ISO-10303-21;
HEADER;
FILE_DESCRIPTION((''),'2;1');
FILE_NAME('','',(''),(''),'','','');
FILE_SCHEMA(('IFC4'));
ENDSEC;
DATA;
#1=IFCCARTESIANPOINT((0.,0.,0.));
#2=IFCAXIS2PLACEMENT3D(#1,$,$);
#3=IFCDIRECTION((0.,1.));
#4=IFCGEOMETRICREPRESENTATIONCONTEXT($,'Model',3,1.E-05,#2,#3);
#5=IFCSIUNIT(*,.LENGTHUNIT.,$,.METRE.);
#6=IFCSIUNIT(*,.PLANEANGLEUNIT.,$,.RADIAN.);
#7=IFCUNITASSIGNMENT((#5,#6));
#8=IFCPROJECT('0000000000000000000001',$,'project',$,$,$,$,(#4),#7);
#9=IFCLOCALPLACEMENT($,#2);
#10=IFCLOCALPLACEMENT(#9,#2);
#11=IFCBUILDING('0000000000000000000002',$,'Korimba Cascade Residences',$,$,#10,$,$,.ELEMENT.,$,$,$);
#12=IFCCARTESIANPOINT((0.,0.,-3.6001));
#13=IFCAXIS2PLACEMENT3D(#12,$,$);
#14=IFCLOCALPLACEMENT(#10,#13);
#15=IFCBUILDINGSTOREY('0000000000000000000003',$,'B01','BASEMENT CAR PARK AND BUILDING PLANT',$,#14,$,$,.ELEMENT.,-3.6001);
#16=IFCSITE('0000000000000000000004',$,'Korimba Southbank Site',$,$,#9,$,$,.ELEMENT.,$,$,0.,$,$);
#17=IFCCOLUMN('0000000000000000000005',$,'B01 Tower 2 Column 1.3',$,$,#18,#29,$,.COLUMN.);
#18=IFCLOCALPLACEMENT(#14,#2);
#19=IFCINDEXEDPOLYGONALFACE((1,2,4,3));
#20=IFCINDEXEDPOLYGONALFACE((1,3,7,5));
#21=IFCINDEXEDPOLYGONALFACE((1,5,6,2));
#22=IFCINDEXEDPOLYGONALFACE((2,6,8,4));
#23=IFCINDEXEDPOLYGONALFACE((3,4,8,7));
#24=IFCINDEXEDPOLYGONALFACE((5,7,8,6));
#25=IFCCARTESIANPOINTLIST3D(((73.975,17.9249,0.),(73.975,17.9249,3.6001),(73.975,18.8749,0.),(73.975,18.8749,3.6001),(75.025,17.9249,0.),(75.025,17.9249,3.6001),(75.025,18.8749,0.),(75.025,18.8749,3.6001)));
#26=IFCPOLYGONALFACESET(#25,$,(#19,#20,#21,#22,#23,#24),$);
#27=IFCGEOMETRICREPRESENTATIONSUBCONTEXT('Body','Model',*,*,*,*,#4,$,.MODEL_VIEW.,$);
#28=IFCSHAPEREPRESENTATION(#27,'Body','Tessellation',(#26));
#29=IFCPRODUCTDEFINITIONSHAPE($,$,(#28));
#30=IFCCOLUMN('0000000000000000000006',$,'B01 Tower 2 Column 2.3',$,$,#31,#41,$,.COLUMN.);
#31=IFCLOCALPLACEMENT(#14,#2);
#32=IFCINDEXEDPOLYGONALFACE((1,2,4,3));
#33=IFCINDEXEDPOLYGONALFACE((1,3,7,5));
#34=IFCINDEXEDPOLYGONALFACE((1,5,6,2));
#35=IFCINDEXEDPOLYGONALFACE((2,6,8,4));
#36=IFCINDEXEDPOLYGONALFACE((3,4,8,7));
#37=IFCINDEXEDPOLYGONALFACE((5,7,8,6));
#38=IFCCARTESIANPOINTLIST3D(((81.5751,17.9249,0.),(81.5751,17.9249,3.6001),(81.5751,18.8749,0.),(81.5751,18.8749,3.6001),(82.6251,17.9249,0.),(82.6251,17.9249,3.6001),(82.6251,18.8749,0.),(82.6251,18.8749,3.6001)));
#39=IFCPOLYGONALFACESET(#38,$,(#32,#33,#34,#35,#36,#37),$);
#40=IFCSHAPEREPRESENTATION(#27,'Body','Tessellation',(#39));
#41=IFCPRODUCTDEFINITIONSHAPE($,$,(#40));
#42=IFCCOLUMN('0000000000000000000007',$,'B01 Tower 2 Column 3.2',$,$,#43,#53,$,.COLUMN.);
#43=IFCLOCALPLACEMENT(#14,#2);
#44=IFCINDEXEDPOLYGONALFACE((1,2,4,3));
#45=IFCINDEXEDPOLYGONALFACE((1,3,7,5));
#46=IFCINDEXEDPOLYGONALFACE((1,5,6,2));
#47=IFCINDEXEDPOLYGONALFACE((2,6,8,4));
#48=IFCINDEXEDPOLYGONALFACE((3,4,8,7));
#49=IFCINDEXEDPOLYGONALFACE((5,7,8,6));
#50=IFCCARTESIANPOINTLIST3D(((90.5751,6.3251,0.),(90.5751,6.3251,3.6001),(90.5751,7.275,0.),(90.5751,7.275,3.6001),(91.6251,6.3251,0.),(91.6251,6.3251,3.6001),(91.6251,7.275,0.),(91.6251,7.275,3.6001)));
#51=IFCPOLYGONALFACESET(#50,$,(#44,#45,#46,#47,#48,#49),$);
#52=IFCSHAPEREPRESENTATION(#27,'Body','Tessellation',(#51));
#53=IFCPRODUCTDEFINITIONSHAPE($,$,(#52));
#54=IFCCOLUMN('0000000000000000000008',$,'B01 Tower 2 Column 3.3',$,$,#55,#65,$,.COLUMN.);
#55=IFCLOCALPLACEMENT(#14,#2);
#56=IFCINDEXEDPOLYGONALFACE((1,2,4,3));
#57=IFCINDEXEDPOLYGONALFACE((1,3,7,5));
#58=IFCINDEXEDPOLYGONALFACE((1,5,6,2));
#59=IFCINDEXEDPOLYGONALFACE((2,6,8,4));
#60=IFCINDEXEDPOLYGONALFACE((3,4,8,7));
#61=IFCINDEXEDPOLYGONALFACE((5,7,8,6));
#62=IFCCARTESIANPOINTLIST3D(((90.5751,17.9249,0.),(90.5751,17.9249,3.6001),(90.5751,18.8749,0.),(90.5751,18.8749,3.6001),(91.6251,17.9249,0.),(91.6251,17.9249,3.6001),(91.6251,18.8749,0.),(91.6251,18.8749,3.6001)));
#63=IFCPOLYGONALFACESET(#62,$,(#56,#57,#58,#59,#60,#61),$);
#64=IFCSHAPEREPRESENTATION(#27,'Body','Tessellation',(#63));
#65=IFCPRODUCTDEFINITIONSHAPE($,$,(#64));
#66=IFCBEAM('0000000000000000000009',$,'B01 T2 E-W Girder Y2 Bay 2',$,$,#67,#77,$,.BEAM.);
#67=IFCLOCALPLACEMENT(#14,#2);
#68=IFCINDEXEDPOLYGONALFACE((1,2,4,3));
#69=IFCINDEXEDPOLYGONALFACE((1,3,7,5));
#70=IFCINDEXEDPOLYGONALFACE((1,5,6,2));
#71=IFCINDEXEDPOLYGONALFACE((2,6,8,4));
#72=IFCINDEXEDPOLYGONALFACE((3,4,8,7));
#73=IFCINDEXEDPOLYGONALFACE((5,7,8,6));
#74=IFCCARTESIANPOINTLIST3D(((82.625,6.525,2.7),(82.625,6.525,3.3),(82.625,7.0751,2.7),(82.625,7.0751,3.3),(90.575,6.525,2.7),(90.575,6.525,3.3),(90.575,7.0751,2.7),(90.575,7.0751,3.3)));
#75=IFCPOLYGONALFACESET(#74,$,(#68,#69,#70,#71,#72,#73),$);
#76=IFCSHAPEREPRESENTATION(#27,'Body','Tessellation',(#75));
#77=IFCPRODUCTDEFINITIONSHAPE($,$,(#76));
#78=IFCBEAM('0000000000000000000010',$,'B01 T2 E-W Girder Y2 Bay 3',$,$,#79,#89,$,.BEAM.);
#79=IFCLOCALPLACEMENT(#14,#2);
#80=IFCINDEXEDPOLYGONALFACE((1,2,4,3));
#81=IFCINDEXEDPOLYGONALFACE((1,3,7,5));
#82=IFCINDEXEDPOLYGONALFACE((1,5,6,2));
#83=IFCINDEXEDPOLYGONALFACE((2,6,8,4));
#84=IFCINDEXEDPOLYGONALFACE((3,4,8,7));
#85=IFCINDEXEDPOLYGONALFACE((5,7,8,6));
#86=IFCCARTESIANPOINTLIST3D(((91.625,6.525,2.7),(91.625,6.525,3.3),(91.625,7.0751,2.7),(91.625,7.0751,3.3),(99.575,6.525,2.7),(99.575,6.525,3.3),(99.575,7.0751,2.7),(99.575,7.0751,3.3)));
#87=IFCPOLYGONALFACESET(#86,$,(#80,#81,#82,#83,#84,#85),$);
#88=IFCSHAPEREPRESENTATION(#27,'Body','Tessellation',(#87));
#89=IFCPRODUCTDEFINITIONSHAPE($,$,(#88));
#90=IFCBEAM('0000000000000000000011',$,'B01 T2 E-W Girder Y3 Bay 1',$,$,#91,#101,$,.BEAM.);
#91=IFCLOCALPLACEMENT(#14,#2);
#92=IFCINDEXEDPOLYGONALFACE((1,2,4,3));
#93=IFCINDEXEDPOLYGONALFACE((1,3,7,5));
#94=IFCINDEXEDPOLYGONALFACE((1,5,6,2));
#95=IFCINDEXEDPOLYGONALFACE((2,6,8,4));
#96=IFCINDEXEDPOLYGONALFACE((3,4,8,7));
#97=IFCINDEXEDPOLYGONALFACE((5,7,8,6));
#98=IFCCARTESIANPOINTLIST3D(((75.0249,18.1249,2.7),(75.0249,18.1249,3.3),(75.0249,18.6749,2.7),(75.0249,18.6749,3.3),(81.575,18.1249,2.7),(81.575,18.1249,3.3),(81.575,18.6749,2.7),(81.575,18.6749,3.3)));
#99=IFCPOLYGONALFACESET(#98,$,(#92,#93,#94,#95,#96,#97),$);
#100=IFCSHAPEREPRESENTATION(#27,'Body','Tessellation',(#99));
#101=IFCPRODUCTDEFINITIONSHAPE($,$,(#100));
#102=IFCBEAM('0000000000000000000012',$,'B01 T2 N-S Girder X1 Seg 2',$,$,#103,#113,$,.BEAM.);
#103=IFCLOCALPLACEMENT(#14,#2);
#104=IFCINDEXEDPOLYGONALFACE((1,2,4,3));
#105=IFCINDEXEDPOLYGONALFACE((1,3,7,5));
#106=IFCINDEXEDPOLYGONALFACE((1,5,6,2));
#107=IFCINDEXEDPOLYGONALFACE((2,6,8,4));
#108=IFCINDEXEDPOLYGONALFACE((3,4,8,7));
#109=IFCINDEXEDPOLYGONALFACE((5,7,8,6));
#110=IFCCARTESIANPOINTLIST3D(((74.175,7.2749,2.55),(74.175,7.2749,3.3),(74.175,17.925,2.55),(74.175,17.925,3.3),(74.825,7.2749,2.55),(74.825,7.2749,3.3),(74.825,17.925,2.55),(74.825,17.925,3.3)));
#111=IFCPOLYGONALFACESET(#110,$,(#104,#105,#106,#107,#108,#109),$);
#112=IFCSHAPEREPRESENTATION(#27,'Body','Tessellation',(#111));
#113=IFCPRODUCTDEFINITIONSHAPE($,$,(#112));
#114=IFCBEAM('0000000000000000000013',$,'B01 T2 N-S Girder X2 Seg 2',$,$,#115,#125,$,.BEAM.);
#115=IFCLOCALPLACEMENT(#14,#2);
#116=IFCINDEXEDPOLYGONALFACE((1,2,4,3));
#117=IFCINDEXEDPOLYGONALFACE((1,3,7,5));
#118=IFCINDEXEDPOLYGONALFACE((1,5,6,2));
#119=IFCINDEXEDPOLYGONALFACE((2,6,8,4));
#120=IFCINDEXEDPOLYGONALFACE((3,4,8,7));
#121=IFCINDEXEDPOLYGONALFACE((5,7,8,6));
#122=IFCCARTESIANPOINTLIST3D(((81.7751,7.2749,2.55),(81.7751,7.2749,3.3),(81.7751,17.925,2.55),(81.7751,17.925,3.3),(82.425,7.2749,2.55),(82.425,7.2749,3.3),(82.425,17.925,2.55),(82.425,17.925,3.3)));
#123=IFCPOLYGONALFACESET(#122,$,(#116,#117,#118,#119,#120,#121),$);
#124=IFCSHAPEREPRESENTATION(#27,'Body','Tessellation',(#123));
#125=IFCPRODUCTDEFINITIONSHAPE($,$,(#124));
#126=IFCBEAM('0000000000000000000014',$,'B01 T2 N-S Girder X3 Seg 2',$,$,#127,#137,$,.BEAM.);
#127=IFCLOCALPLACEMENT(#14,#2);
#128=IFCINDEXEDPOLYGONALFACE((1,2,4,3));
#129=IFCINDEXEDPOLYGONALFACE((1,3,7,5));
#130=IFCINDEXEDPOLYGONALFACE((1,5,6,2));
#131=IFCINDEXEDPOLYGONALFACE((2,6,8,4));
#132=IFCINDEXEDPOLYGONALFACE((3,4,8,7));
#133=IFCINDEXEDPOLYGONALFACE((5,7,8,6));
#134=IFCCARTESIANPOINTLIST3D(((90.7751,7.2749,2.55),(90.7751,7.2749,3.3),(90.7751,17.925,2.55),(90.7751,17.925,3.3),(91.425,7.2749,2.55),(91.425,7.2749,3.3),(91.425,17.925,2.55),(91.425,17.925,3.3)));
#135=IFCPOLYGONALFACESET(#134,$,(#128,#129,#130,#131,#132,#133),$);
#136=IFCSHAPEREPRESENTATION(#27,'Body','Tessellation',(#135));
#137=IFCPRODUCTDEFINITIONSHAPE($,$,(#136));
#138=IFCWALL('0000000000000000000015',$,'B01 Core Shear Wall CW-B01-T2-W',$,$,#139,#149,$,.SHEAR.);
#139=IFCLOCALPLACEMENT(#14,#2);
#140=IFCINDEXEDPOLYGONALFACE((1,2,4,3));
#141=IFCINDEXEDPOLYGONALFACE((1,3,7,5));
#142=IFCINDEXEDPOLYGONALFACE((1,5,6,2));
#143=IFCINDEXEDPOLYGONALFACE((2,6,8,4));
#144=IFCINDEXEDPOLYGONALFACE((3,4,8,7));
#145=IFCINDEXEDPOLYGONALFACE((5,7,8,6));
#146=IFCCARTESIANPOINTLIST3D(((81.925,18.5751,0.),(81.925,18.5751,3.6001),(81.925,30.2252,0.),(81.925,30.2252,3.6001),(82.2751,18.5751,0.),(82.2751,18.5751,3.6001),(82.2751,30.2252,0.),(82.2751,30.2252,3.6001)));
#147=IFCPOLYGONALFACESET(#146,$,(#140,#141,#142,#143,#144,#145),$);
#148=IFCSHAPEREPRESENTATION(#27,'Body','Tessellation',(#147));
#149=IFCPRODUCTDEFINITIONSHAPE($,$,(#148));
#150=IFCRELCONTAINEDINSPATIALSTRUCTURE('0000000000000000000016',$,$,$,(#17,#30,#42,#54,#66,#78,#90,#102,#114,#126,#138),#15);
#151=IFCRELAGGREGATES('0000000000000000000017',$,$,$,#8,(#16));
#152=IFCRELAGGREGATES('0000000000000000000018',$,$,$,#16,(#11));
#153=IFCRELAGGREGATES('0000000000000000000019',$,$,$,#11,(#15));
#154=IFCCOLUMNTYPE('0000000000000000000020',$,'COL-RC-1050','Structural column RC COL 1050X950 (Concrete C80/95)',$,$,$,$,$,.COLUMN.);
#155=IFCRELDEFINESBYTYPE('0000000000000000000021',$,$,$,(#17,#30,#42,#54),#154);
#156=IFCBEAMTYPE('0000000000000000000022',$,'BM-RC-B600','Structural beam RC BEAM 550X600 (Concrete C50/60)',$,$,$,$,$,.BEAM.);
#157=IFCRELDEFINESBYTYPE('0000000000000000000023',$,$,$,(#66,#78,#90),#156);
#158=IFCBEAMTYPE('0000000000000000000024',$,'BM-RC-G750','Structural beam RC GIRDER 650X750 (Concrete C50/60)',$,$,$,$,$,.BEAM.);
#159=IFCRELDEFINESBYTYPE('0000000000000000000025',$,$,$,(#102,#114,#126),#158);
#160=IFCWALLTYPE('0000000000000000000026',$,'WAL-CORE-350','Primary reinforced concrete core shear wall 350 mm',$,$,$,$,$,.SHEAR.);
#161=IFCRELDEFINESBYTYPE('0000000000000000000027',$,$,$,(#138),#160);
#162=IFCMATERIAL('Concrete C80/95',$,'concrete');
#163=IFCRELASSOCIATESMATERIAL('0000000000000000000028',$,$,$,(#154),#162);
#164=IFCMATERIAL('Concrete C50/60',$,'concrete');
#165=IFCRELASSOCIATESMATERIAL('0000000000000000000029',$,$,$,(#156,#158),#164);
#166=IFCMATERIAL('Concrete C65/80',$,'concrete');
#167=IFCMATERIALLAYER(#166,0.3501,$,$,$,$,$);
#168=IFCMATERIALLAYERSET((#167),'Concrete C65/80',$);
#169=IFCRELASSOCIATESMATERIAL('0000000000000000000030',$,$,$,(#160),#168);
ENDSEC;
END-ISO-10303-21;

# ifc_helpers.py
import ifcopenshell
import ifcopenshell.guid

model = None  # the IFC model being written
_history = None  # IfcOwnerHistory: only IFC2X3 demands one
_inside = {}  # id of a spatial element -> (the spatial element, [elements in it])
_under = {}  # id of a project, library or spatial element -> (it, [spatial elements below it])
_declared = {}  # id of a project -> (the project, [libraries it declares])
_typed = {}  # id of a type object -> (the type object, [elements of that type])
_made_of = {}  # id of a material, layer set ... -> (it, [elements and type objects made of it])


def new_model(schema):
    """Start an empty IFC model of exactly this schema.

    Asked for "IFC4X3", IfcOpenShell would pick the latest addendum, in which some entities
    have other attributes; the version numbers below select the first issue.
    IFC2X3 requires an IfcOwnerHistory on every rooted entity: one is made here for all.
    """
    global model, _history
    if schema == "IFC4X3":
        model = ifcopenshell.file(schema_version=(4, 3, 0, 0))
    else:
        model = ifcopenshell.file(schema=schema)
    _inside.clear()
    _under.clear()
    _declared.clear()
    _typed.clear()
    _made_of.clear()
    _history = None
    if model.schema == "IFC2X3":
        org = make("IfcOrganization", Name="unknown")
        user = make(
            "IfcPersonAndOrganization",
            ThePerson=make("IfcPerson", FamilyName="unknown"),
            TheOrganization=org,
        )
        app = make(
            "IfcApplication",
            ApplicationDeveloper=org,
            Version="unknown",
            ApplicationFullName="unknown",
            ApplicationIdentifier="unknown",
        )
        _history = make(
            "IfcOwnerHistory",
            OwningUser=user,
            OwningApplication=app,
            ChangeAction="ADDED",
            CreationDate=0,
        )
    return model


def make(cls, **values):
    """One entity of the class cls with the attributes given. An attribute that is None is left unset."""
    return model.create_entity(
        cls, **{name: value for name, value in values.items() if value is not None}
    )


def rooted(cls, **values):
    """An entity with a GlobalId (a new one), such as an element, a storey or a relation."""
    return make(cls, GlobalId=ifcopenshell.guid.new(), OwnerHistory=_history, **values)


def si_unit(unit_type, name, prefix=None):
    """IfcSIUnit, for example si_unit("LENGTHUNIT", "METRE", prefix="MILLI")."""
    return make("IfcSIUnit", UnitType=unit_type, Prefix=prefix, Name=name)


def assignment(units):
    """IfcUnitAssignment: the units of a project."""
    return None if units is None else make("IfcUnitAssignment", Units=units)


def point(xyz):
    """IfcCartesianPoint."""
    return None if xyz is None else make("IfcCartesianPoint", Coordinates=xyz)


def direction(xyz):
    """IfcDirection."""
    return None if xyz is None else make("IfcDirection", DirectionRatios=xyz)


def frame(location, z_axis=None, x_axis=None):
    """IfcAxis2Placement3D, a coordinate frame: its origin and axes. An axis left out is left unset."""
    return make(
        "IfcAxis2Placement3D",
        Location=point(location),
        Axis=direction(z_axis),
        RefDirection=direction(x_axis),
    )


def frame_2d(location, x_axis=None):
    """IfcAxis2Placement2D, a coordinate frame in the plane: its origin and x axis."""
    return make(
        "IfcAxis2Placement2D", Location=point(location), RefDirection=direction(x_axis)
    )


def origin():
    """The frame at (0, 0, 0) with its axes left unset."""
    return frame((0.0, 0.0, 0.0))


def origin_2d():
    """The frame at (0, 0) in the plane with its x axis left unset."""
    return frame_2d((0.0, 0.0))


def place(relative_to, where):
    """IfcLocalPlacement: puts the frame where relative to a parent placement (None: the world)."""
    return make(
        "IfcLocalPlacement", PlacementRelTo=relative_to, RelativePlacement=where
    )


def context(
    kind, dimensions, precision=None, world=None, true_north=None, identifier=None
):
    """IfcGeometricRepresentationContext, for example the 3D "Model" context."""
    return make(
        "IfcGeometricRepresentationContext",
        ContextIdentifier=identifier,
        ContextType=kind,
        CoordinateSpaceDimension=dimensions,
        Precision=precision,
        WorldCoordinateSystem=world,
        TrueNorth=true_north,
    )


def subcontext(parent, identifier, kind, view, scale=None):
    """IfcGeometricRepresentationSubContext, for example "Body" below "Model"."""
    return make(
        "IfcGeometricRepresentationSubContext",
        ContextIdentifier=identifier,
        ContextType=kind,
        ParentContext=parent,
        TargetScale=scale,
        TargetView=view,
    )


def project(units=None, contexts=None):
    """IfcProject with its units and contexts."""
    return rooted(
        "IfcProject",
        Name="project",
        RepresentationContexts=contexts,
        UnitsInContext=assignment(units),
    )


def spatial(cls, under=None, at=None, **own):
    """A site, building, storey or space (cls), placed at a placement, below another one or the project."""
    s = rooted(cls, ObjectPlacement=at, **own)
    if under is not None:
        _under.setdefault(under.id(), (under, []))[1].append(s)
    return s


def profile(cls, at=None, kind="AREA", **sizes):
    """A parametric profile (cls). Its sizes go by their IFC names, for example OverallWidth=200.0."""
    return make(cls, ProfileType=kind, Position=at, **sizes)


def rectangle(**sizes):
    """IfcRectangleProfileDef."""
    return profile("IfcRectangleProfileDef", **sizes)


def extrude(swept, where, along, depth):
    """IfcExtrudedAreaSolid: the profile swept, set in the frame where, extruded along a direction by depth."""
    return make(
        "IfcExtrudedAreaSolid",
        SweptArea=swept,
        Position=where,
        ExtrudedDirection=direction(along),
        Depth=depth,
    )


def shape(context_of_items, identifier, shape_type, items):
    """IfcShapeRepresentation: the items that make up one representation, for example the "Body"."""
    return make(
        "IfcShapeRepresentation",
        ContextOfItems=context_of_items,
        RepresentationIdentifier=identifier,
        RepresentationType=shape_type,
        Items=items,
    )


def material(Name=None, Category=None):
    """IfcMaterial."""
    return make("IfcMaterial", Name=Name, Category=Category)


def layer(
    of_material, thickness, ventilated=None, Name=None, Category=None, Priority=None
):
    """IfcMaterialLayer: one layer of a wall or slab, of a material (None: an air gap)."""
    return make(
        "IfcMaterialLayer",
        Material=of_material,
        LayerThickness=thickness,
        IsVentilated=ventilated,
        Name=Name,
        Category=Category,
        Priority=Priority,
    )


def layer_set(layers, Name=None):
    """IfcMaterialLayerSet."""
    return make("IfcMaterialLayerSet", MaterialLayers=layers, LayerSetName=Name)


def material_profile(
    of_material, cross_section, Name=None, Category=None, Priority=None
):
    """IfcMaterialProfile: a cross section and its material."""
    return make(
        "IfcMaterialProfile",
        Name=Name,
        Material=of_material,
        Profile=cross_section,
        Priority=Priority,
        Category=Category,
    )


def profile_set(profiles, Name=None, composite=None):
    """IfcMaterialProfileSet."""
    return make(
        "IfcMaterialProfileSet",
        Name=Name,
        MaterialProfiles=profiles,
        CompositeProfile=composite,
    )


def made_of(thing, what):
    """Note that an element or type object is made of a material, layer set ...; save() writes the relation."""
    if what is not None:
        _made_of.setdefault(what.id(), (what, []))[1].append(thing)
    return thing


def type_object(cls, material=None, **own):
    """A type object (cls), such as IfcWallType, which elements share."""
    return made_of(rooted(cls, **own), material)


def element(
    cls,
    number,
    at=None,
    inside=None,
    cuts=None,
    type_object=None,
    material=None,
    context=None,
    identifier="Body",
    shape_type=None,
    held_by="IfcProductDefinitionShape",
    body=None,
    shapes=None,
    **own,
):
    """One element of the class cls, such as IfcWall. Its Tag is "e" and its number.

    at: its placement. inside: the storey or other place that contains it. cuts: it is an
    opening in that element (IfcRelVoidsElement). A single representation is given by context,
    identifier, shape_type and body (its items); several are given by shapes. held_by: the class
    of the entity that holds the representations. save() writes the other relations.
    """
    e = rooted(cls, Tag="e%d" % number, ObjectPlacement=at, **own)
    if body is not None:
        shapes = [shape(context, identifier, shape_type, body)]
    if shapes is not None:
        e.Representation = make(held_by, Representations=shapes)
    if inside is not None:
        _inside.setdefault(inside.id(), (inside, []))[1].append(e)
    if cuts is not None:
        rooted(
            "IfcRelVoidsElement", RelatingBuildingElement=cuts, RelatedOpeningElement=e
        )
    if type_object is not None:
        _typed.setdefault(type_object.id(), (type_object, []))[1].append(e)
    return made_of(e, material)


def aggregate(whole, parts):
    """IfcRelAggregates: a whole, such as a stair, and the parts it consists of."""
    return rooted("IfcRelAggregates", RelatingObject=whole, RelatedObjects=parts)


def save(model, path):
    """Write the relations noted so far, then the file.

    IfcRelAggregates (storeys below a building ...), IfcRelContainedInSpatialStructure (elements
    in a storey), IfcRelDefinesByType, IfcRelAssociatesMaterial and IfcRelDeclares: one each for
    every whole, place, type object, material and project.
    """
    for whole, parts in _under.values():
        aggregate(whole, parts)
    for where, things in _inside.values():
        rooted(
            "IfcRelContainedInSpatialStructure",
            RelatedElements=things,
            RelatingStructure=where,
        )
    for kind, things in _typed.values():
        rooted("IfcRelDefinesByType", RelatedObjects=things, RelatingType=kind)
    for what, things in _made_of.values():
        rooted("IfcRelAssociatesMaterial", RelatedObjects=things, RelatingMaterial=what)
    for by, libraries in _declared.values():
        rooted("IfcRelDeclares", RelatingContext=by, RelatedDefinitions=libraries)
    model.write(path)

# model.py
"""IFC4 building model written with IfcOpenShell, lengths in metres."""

from ifc_helpers import new_model, si_unit, direction, frame, frame_2d, origin, origin_2d, place, context, subcontext, project, spatial, rectangle, extrude, material, layer, layer_set, material_profile, profile_set, type_object, element, save


model = new_model("IFC4")

# Units and contexts
model_context = context("Model", 3, precision=1e-05, world=origin(), true_north=direction((0.0, 1.0)))
body_context = subcontext(model_context, "Body", "Model", "MODEL_VIEW")
ifc_project = project(units=[si_unit("LENGTHUNIT", "METRE"), si_unit("PLANEANGLEUNIT", "RADIAN")], contexts=[model_context])

# Site, building, storey
site_placement = place(None, origin())
site = spatial("IfcSite", under=ifc_project, at=site_placement, Name="Korimba Southbank Site", CompositionType="ELEMENT", RefElevation=0.0)
building_placement = place(site_placement, origin())
building = spatial("IfcBuilding", under=site, at=building_placement, Name="Korimba Cascade Residences", CompositionType="ELEMENT")
storey_placement = place(building_placement, frame((0.0, 0.0, -3.6001)))
storey = spatial("IfcBuildingStorey", under=building, at=storey_placement, Name="B01", Description="BASEMENT CAR PARK AND BUILDING PLANT", CompositionType="ELEMENT", Elevation=-3.6001)

# Columns
ifc_material_1 = material(Name="Concrete C80/95", Category="concrete")
ifc_material_profile_1 = material_profile(ifc_material_1, rectangle(XDim=1.05, YDim=0.95, at=origin_2d()), Name="Concrete C80/95")
ifc_profile_set_1 = profile_set([ifc_material_profile_1], Name="Concrete C80/95")
column_type = type_object("IfcColumnType", Name="COL-RC-1050", Description="Structural column RC COL 1050X950 (Concrete C80/95)", PredefinedType="COLUMN", material=ifc_profile_set_1)
for number, where, z_axis, x_axis, name in (
    (1, (74.5, 18.3999, 0.0), (0.0, 0.0, 1.0), (1.0, 0.0, 0.0), "B01 Tower 2 Column 1.3"),
    (2, (82.1001, 18.3999, 0.0), (0.0, 0.0, 1.0), (1.0, 0.0, 0.0), "B01 Tower 2 Column 2.3"),
    (3, (91.1001, 6.8, 0.0), (0.0, 0.0, 1.0), (1.0, 0.0, 0.0), "B01 Tower 2 Column 3.2"),
    (4, (91.1001, 18.3999, 0.0), (0.0, 0.0, 1.0), (1.0, 0.0, 0.0), "B01 Tower 2 Column 3.3"),
):
    element("IfcColumn", number, at=place(storey_placement, frame(where, z_axis=z_axis, x_axis=x_axis)), inside=storey, type_object=column_type, Name=name, PredefinedType="COLUMN", context=body_context, shape_type="SweptSolid", body=[
        extrude(rectangle(XDim=1.05, YDim=0.95, at=origin_2d()), origin(), (0.0, 0.0, 1.0), 3.6001),
    ])

# Beams
ifc_material_2 = material(Name="Concrete C50/60", Category="concrete")
ifc_material_profile_2 = material_profile(ifc_material_2, rectangle(XDim=0.55, YDim=0.6001, at=origin_2d()), Name="Concrete C50/60")
ifc_profile_set_2 = profile_set([ifc_material_profile_2], Name="Concrete C50/60")
beam_type_1 = type_object("IfcBeamType", Name="BM-RC-B600", Description="Structural beam RC BEAM 550X600 (Concrete C50/60)", PredefinedType="BEAM", material=ifc_profile_set_2)
for number, where, z_axis, x_axis, name in (
    (5, (82.625, 6.8, 3.0), (1.0, 0.0, 0.0), (0.0, 1.0, 0.0), "B01 T2 E-W Girder Y2 Bay 2"),
    (6, (91.625, 6.8, 3.0), (1.0, 0.0, 0.0), (0.0, 1.0, 0.0), "B01 T2 E-W Girder Y2 Bay 3"),
):
    element("IfcBeam", number, at=place(storey_placement, frame(where, z_axis=z_axis, x_axis=x_axis)), inside=storey, type_object=beam_type_1, Name=name, PredefinedType="BEAM", context=body_context, shape_type="SweptSolid", body=[
        extrude(rectangle(XDim=0.55, YDim=0.6001, at=origin_2d()), origin(), (0.0, 0.0, 1.0), 7.95),
    ])
beam_placement = place(storey_placement, frame((75.0249, 18.3999, 3.0), z_axis=(1.0, 0.0, 0.0), x_axis=(0.0, 1.0, 0.0)))
element("IfcBeam", 7, at=beam_placement, inside=storey, type_object=beam_type_1, Name="B01 T2 E-W Girder Y3 Bay 1", PredefinedType="BEAM", context=body_context, shape_type="SweptSolid", body=[
    extrude(rectangle(XDim=0.55, YDim=0.6001, at=origin_2d()), origin(), (0.0, 0.0, 1.0), 6.55),
])
ifc_material_profile_3 = material_profile(ifc_material_2, rectangle(XDim=0.6499, YDim=0.75, at=origin_2d()), Name="Concrete C50/60")
ifc_profile_set_3 = profile_set([ifc_material_profile_3], Name="Concrete C50/60")
beam_type_2 = type_object("IfcBeamType", Name="BM-RC-G750", Description="Structural beam RC GIRDER 650X750 (Concrete C50/60)", PredefinedType="BEAM", material=ifc_profile_set_3)
for number, where, z_axis, x_axis, name in (
    (8, (74.5, 7.2749, 2.925), (0.0, 1.0, 0.0), (-1.0, 0.0, 0.0), "B01 T2 N-S Girder X1 Seg 2"),
    (9, (82.1001, 7.2749, 2.925), (0.0, 1.0, 0.0), (-1.0, 0.0, 0.0), "B01 T2 N-S Girder X2 Seg 2"),
    (10, (91.1001, 7.2749, 2.925), (0.0, 1.0, 0.0), (-1.0, 0.0, 0.0), "B01 T2 N-S Girder X3 Seg 2"),
):
    element("IfcBeam", number, at=place(storey_placement, frame(where, z_axis=z_axis, x_axis=x_axis)), inside=storey, type_object=beam_type_2, Name=name, PredefinedType="BEAM", context=body_context, shape_type="SweptSolid", body=[
        extrude(rectangle(XDim=0.6499, YDim=0.75, at=origin_2d()), origin(), (0.0, 0.0, 1.0), 10.6501),
    ])

# Wall
ifc_material_3 = material(Name="Concrete C65/80", Category="concrete")
ifc_layer_1 = layer(ifc_material_3, 0.3501)
ifc_layer_set_1 = layer_set([ifc_layer_1], Name="Concrete C65/80")
wall_type_1 = type_object("IfcWallType", Name="WAL-CORE-350", Description="Primary reinforced concrete core shear wall 350 mm", PredefinedType="SHEAR", material=ifc_layer_set_1)
wall_1_placement = place(storey_placement, frame((82.1001, 18.575, 0.0), z_axis=(0.0, 0.0, 1.0), x_axis=(0.0, 1.0, 0.0)))
element("IfcWall", 11, at=wall_1_placement, inside=storey, type_object=wall_type_1, Name="B01 Core Shear Wall CW-B01-T2-W", PredefinedType="SHEAR", context=body_context, shape_type="SweptSolid", body=[
    extrude(rectangle(XDim=11.6501, YDim=0.3501, at=frame_2d((5.8252, 0.0))), origin(), (0.0, 0.0, 1.0), 3.6001),
])

save(model, "model.ifc")
